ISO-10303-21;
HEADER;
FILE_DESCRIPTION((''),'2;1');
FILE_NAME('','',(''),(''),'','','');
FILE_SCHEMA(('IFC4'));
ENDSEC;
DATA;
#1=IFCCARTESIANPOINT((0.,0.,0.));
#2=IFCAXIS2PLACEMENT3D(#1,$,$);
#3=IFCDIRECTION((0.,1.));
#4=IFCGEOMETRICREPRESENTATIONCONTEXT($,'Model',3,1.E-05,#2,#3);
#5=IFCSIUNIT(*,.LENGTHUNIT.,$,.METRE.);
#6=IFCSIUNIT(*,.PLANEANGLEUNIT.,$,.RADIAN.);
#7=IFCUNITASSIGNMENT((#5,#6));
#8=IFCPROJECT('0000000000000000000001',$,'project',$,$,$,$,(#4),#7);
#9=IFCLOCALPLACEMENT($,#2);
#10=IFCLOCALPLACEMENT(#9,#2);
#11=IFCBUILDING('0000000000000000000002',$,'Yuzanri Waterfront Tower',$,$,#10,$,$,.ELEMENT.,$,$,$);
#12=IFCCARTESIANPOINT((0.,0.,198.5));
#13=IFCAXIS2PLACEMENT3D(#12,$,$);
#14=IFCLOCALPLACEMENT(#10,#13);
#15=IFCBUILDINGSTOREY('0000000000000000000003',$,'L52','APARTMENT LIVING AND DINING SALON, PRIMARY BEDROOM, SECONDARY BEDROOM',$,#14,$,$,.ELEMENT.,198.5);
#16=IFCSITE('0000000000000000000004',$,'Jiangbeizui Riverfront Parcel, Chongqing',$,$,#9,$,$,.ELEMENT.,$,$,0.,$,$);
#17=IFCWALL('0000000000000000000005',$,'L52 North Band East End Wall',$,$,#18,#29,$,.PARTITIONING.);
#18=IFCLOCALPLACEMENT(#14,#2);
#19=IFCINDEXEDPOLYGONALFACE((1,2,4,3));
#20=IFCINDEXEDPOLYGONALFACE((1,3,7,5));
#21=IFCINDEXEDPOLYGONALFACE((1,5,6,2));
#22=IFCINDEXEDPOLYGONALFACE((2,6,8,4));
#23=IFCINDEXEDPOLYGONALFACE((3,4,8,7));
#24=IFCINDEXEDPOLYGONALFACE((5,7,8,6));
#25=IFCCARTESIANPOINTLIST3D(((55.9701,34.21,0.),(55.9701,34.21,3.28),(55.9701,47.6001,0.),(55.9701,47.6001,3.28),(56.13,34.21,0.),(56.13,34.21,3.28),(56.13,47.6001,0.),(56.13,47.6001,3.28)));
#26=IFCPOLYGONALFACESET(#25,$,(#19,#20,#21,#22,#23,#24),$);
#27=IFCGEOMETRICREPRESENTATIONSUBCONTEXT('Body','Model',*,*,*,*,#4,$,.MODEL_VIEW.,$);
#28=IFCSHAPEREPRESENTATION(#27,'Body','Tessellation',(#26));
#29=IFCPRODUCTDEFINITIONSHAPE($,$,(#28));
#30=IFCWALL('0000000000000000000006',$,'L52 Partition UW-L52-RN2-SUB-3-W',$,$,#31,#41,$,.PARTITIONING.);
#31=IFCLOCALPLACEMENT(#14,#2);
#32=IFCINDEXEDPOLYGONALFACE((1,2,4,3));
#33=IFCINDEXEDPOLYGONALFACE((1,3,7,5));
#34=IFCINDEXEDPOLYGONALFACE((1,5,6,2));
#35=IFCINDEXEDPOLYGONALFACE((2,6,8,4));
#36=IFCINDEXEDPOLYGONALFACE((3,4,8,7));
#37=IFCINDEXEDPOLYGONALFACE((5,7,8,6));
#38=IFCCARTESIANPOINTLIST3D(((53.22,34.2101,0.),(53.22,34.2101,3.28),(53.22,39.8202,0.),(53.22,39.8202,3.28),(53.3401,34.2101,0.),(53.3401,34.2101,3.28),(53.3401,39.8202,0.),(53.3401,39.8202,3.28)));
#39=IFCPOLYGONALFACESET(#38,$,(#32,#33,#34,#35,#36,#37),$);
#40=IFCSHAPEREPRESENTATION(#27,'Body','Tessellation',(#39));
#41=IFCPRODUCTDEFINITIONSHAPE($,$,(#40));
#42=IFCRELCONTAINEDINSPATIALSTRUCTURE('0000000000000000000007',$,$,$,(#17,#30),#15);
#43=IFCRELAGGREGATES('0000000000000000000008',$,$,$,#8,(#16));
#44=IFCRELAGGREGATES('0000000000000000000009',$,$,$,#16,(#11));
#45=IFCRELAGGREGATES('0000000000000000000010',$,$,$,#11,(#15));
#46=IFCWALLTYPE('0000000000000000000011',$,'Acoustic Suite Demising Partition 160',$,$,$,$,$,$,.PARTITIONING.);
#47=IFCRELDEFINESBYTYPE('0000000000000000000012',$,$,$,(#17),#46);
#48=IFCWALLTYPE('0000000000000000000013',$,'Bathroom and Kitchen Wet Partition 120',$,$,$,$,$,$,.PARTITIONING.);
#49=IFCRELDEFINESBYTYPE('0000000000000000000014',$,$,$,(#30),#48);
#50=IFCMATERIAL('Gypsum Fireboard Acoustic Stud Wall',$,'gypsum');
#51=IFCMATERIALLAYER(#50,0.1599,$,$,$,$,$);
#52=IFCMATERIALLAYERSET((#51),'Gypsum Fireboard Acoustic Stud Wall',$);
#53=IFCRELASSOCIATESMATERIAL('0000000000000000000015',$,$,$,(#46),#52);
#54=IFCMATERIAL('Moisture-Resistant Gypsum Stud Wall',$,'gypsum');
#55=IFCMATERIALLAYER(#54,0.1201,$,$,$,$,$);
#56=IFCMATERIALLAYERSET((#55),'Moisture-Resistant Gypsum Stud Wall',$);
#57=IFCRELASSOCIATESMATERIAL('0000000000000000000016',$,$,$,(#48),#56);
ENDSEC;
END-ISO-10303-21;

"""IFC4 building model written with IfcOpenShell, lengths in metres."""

from ifc_helpers import new_model, si_unit, direction, frame, frame_2d, origin, place, context, subcontext, project, spatial, rectangle, extrude, source, transform, mapped, material, layer, layer_set, type_object, element, save


model = new_model("IFC4")

# Units and contexts
model_context = context("Model", 3, precision=1e-05, world=origin(), true_north=direction((0.0, 1.0)))
body_context = subcontext(model_context, "Body", "Model", "MODEL_VIEW")
ifc_project = project(units=[si_unit("LENGTHUNIT", "METRE"), si_unit("PLANEANGLEUNIT", "RADIAN")], contexts=[model_context])

# Site, building, storey
site_placement = place(None, origin())
site = spatial("IfcSite", under=ifc_project, at=site_placement, Name="Jiangbeizui Riverfront Parcel, Chongqing", CompositionType="ELEMENT", RefElevation=0.0)
building_placement = place(site_placement, origin())
building = spatial("IfcBuilding", under=site, at=building_placement, Name="Yuzanri Waterfront Tower", CompositionType="ELEMENT")
storey_placement = place(building_placement, frame((0.0, 0.0, 198.5)))
storey = spatial("IfcBuildingStorey", under=building, at=storey_placement, Name="L52", Description="APARTMENT LIVING AND DINING SALON, PRIMARY BEDROOM, SECONDARY BEDROOM", CompositionType="ELEMENT", Elevation=198.5)

# Walls
ifc_material_1 = material(Name="Gypsum Fireboard Acoustic Stud Wall", Category="gypsum")
ifc_layer_1 = layer(ifc_material_1, 0.1599)
ifc_layer_set_1 = layer_set([ifc_layer_1], Name="Gypsum Fireboard Acoustic Stud Wall")
wall_type_1 = type_object("IfcWallType", Name="Acoustic Suite Demising Partition 160", PredefinedType="PARTITIONING", material=ifc_layer_set_1)
shared_shape_1 = source(origin(), body_context, "Body", "SweptSolid", [
    extrude(rectangle(XDim=13.3901, YDim=0.1599, at=frame_2d((6.6951, 0.0))), origin(), (0.0, 0.0, 1.0), 3.28),
])
wall_1_placement = place(storey_placement, frame((56.05, 34.21, 0.0), z_axis=(0.0, 0.0, 1.0), x_axis=(0.0, 1.0, 0.0)))
element("IfcWall", 1, at=wall_1_placement, inside=storey, type_object=wall_type_1, Name="L52 North Band East End Wall", PredefinedType="PARTITIONING", context=body_context, shape_type="MappedRepresentation", body=[
    mapped(shared_shape_1, transform((0.0, 0.0, 0.0), scale=1.0)),
])
ifc_material_2 = material(Name="Moisture-Resistant Gypsum Stud Wall", Category="gypsum")
ifc_layer_2 = layer(ifc_material_2, 0.1201)
ifc_layer_set_2 = layer_set([ifc_layer_2], Name="Moisture-Resistant Gypsum Stud Wall")
wall_type_2 = type_object("IfcWallType", Name="Bathroom and Kitchen Wet Partition 120", PredefinedType="PARTITIONING", material=ifc_layer_set_2)
shared_shape_2 = source(origin(), body_context, "Body", "SweptSolid", [
    extrude(rectangle(XDim=5.6101, YDim=0.1201, at=frame_2d((2.8052, 0.0))), origin(), (0.0, 0.0, 1.0), 3.28),
])
wall_2_placement = place(storey_placement, frame((53.28, 34.21, 0.0), z_axis=(0.0, 0.0, 1.0), x_axis=(0.0, 1.0, 0.0)))
element("IfcWall", 2, at=wall_2_placement, inside=storey, type_object=wall_type_2, Name="L52 Partition UW-L52-RN2-SUB-3-W", PredefinedType="PARTITIONING", context=body_context, shape_type="MappedRepresentation", body=[
    mapped(shared_shape_2, transform((0.0, 0.0, 0.0), scale=1.0)),
])

save(model, "model.ifc")
